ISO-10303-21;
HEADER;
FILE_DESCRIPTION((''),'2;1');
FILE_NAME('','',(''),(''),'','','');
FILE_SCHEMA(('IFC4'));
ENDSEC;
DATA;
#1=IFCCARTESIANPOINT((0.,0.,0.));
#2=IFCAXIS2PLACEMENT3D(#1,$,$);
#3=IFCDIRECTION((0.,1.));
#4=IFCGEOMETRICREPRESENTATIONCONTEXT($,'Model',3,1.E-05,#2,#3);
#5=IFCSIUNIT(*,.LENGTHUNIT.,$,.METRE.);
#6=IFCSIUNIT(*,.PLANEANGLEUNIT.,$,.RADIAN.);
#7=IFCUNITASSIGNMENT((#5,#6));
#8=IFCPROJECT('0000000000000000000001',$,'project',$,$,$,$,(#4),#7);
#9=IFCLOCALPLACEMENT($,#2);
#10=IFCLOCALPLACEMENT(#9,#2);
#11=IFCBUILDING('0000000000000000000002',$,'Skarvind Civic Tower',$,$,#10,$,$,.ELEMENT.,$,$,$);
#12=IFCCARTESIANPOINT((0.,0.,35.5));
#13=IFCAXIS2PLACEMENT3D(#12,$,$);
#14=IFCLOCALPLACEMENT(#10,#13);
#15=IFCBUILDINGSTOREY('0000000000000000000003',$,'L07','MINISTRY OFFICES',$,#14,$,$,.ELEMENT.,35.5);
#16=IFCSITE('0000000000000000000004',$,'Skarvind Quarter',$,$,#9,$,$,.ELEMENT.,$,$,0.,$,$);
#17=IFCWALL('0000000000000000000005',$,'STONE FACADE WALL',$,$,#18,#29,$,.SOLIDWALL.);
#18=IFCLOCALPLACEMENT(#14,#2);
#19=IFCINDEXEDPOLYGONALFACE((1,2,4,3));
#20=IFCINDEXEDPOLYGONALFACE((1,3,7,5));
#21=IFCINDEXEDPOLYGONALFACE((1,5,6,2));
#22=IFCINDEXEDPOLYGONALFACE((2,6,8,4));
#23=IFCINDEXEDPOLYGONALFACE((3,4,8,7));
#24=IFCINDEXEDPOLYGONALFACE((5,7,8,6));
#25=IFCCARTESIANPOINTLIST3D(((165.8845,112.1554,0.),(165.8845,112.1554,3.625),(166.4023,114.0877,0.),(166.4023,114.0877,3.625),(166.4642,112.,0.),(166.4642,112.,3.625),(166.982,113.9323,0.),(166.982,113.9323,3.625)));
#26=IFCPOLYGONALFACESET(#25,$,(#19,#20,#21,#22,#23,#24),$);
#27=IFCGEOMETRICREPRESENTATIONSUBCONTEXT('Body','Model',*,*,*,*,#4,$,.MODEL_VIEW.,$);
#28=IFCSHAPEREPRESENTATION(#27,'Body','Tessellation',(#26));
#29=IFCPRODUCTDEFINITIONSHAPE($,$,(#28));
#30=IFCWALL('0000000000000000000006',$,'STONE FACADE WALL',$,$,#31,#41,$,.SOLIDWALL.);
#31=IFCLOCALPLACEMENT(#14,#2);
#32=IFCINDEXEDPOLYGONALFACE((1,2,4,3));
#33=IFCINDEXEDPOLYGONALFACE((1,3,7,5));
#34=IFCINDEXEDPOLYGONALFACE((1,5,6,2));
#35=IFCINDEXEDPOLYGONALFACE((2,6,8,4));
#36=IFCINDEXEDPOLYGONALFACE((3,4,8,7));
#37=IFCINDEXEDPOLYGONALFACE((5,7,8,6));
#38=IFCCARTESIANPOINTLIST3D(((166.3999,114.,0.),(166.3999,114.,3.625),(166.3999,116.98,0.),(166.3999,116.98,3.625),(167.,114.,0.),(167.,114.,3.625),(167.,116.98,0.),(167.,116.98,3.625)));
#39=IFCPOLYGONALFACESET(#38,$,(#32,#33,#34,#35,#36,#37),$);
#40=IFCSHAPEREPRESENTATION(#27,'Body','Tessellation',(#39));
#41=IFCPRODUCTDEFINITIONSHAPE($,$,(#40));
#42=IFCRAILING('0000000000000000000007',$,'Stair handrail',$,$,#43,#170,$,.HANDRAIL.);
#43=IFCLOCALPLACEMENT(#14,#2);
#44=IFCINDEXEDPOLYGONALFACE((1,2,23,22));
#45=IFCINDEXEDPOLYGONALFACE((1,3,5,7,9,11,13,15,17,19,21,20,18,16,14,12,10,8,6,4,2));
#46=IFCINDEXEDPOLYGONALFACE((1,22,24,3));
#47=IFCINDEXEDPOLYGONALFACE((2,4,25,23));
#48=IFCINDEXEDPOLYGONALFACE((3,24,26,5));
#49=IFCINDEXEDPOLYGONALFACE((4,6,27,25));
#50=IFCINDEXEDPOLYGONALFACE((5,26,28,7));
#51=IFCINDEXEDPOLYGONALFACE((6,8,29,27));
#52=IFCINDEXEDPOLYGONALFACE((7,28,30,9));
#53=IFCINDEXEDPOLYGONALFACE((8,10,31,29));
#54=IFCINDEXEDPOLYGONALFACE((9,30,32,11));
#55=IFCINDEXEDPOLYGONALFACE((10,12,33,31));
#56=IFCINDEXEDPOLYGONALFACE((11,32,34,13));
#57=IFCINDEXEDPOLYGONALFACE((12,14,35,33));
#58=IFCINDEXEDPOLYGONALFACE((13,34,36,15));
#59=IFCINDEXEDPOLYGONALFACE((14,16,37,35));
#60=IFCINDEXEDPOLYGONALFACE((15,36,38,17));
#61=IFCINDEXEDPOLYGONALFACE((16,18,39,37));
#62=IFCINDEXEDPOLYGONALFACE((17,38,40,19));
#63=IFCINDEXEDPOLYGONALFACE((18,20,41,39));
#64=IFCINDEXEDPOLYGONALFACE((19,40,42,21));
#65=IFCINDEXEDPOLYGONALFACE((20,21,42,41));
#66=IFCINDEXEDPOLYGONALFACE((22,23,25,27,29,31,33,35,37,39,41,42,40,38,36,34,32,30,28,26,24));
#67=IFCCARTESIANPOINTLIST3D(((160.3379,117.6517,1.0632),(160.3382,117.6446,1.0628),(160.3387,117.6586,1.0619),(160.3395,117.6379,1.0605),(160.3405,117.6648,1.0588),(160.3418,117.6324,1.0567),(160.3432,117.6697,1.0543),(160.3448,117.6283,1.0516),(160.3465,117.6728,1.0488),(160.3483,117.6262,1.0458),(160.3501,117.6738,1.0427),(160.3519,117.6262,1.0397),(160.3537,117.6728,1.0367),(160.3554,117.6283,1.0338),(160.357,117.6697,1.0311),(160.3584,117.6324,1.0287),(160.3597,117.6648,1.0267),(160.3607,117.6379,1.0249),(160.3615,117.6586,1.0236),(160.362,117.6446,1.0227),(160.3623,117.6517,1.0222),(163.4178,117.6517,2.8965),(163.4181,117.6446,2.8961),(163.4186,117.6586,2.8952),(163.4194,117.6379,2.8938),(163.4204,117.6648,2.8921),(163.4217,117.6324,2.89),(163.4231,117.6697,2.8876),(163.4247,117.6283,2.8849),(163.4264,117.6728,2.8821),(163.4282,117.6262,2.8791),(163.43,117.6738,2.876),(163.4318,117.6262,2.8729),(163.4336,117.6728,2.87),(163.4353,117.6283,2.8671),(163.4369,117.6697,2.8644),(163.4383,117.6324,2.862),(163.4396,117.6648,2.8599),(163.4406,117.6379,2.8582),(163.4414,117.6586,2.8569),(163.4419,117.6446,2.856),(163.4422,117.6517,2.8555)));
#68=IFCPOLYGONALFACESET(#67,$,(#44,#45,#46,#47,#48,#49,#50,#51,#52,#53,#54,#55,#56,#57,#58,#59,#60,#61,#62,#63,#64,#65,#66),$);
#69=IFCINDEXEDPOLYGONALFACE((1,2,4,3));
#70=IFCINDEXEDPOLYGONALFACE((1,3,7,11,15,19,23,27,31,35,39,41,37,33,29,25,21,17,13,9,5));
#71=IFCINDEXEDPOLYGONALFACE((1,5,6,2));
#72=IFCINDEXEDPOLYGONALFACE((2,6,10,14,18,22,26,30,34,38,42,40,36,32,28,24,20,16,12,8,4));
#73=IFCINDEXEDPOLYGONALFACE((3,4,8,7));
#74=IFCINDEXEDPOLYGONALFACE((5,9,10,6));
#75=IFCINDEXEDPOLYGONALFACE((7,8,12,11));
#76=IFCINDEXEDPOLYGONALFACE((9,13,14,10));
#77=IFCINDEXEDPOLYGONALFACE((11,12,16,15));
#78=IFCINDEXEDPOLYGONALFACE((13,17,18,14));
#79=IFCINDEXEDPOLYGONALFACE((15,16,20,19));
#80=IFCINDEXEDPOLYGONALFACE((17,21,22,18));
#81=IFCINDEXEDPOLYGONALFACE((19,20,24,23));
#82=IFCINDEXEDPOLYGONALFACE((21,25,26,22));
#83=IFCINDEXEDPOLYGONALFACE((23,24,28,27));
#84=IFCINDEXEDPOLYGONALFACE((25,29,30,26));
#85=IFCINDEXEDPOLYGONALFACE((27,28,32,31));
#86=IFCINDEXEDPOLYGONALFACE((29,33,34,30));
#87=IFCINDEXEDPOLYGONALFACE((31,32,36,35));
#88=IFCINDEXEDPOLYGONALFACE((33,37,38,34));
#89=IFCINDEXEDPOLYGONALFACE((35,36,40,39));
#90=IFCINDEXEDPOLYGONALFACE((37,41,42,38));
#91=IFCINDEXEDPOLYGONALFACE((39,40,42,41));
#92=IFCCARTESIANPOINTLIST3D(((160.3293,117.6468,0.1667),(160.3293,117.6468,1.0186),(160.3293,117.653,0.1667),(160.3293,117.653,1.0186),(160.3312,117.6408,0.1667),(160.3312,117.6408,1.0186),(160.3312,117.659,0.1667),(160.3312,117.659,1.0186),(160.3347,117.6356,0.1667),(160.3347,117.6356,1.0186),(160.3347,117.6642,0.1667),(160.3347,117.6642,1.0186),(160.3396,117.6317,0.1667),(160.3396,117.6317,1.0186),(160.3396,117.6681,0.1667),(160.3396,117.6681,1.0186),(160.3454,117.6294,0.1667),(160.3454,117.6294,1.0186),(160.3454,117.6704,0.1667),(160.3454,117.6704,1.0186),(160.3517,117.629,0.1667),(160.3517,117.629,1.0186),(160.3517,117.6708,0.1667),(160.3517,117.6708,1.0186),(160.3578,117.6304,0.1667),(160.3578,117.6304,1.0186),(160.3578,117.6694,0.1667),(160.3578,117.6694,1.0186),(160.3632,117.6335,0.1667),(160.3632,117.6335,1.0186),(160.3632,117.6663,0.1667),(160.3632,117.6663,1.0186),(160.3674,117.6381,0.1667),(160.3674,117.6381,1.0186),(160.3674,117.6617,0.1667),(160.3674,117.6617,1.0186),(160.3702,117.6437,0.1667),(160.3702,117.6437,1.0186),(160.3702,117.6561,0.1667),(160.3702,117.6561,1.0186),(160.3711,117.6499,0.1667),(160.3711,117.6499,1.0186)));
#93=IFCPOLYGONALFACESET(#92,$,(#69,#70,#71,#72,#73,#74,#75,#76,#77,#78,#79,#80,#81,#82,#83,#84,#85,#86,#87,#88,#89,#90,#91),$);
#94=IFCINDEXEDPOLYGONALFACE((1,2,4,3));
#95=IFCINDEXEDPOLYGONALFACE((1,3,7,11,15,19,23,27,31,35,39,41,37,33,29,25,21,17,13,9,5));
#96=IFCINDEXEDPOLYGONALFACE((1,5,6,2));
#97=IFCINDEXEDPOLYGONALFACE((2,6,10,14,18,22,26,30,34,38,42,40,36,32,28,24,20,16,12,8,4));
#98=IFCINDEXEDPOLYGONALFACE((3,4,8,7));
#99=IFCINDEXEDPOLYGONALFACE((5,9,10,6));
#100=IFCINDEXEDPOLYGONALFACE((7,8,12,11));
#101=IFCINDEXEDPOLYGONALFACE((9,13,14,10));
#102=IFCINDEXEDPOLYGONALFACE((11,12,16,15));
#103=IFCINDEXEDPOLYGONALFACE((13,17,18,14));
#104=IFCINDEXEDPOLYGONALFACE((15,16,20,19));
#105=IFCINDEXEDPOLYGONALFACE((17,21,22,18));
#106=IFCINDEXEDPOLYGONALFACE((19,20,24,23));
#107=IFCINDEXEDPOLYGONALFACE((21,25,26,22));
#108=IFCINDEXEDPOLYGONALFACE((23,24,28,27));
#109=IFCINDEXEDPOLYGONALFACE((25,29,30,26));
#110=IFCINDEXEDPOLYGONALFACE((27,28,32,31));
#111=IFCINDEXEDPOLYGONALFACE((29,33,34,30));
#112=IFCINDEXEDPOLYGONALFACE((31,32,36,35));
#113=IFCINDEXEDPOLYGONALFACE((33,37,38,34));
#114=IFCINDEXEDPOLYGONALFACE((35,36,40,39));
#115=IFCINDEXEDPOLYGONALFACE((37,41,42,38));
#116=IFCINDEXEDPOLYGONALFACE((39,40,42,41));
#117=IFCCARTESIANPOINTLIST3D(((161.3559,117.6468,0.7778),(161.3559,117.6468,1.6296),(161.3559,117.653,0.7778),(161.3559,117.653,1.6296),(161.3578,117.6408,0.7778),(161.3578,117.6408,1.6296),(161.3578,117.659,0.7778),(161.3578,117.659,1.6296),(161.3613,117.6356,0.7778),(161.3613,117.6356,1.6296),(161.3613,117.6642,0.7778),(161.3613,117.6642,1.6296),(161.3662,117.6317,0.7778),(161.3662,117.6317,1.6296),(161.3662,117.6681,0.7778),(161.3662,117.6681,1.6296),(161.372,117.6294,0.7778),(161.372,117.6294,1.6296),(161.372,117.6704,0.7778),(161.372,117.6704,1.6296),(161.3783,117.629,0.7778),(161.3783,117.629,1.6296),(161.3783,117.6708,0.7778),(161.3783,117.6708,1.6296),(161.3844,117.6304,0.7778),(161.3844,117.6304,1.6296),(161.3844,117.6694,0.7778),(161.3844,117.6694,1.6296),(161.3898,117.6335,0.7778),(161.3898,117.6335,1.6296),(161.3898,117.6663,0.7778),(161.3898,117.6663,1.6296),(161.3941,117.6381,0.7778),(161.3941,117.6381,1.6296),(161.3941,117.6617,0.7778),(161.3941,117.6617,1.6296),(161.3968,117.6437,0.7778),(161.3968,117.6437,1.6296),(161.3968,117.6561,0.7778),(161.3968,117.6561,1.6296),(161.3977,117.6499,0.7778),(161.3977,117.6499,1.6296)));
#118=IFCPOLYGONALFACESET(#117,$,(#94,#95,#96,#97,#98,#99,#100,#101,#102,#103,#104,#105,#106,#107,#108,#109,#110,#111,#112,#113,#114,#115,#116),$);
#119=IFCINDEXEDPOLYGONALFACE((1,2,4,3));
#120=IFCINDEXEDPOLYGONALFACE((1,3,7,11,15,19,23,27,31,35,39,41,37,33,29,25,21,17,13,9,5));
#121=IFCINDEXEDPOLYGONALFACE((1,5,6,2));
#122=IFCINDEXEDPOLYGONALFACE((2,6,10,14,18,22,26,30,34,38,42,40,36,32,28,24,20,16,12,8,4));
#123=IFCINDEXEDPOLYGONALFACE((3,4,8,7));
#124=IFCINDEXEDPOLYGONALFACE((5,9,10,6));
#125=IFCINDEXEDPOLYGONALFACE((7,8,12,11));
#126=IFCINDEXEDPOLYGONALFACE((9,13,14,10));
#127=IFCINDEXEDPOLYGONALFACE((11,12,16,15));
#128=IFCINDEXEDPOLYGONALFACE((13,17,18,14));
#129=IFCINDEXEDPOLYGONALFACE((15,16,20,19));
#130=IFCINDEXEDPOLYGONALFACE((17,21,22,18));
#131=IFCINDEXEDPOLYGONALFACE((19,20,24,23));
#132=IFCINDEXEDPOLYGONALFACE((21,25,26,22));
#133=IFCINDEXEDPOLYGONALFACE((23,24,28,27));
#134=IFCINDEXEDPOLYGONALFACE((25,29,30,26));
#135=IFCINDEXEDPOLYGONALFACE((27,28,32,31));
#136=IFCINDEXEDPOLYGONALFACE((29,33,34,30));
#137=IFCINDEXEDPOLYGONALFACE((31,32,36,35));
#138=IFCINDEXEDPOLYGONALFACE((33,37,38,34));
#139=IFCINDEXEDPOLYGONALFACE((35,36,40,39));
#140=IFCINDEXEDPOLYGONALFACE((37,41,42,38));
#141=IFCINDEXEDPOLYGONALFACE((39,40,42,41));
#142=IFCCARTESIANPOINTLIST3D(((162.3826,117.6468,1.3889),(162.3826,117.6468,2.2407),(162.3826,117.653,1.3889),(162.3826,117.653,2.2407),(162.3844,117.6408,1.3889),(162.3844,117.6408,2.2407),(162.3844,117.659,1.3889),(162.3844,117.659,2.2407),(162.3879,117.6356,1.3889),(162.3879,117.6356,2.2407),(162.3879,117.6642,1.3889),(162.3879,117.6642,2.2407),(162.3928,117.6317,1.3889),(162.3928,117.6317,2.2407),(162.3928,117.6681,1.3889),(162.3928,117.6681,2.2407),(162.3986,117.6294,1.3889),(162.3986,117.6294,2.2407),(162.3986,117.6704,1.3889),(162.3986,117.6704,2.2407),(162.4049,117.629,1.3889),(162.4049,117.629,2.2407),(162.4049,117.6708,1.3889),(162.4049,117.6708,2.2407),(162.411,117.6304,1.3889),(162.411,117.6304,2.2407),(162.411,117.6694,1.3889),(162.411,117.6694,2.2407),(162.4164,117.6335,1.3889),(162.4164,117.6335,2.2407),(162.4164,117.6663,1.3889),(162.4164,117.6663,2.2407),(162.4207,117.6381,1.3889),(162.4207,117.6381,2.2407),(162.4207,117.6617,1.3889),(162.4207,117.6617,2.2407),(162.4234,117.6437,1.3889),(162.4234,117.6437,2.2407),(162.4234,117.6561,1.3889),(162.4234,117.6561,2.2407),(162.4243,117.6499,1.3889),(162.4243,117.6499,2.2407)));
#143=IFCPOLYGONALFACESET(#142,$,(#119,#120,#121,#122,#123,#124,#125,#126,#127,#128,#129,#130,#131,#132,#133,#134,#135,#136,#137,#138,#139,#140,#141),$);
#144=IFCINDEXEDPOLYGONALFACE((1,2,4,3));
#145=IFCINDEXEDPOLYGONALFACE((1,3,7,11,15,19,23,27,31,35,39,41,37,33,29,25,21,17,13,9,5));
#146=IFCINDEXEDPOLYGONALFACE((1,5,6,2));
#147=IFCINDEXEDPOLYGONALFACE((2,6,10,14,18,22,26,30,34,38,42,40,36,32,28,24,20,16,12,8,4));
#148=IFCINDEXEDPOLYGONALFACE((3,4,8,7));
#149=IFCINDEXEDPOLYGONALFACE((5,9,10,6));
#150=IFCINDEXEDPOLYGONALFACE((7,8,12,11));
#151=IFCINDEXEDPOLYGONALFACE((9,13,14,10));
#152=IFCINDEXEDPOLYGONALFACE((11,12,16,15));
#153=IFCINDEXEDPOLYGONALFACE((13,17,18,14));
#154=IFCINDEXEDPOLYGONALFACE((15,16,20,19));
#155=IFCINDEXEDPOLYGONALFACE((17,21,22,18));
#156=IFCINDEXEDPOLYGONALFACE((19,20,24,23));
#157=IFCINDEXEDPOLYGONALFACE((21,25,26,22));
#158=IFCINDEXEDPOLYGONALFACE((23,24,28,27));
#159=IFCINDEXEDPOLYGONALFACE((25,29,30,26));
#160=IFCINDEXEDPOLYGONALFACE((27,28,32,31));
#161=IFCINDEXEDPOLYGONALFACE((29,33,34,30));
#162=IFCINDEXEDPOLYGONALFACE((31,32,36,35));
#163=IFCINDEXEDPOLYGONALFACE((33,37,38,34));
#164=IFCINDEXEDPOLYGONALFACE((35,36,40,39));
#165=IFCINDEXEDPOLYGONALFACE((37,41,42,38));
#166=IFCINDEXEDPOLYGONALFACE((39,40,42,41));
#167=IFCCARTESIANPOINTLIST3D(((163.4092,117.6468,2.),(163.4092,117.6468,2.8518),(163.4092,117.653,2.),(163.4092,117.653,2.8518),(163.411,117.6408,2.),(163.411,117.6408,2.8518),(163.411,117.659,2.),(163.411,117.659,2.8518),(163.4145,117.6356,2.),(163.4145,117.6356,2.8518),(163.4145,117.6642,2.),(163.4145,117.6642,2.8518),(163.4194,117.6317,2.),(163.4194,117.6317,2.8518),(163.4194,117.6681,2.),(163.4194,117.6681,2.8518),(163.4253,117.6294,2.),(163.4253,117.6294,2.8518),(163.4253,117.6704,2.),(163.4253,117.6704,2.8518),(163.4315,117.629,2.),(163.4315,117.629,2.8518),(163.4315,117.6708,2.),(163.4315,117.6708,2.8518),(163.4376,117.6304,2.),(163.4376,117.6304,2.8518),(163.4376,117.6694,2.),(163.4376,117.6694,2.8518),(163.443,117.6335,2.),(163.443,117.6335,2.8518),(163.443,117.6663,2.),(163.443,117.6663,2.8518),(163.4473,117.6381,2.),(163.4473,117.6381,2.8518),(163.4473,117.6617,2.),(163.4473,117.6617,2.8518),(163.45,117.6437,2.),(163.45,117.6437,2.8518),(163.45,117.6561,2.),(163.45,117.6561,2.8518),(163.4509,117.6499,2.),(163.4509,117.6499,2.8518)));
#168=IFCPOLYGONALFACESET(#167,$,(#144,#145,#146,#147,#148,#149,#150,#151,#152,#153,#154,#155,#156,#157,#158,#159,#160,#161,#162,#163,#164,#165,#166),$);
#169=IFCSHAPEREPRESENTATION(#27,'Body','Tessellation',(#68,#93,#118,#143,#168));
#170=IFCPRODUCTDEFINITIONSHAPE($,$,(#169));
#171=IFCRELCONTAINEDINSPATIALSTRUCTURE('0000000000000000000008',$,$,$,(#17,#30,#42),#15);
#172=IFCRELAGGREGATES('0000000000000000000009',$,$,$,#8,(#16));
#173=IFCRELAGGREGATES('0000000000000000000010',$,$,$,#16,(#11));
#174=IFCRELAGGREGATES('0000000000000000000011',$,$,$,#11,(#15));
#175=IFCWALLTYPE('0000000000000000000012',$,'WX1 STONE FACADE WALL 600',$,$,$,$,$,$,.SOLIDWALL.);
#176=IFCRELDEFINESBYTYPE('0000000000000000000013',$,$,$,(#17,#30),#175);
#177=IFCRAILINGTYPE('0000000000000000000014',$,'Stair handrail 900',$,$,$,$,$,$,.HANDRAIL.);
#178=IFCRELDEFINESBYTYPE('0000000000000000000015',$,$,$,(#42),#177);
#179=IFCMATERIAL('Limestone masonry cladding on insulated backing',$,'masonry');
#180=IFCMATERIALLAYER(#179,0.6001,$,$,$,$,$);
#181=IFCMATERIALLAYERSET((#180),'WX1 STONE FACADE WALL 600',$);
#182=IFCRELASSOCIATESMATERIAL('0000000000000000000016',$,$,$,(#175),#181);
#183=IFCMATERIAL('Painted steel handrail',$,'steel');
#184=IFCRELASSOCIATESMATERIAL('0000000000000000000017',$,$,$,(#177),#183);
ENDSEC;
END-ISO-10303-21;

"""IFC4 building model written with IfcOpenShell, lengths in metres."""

from ifc_helpers import new_model, si_unit, direction, frame, frame_2d, origin, origin_2d, place, context, subcontext, project, spatial, rectangle, circle, extrude, material, layer, layer_set, type_object, element, save


model = new_model("IFC4")

# Units and contexts
model_context = context("Model", 3, precision=1e-05, world=origin(), true_north=direction((0.0, 1.0)))
body_context = subcontext(model_context, "Body", "Model", "MODEL_VIEW")
ifc_project = project(units=[si_unit("LENGTHUNIT", "METRE"), si_unit("PLANEANGLEUNIT", "RADIAN")], contexts=[model_context])

# Site, building, storey
site_placement = place(None, origin())
site = spatial("IfcSite", under=ifc_project, at=site_placement, Name="Skarvind Quarter", CompositionType="ELEMENT", RefElevation=0.0)
building_placement = place(site_placement, origin())
building = spatial("IfcBuilding", under=site, at=building_placement, Name="Skarvind Civic Tower", CompositionType="ELEMENT")
storey_placement = place(building_placement, frame((0.0, 0.0, 35.5)))
storey = spatial("IfcBuildingStorey", under=building, at=storey_placement, Name="L07", Description="MINISTRY OFFICES", CompositionType="ELEMENT", Elevation=35.5)

# Shared definitions
ifc_material_1 = material(Name="Limestone masonry cladding on insulated backing", Category="masonry")
ifc_layer_1 = layer(ifc_material_1, 0.6001)
ifc_layer_set_1 = layer_set([ifc_layer_1], Name="WX1 STONE FACADE WALL 600")
wall_type_1 = type_object("IfcWallType", Name="WX1 STONE FACADE WALL 600", PredefinedType="SOLIDWALL", material=ifc_layer_set_1)

# Walls
wall_1_placement = place(storey_placement, frame((166.6921, 114.01, 0.0), z_axis=(0.0, 0.0, 1.0), x_axis=(-0.25884, -0.96592, 0.0)))
element("IfcWall", 1, at=wall_1_placement, inside=storey, type_object=wall_type_1, Name="STONE FACADE WALL", PredefinedType="SOLIDWALL", context=body_context, shape_type="SweptSolid", body=[
    extrude(rectangle(XDim=2.0005, YDim=0.6001, at=frame_2d((1.0002, 0.0))), origin(), (0.0, 0.0, 1.0), 3.625),
])
wall_2_placement = place(storey_placement, frame((166.7, 116.98, 0.0), z_axis=(0.0, 0.0, 1.0), x_axis=(0.0, -1.0, 0.0)))
element("IfcWall", 2, at=wall_2_placement, inside=storey, type_object=wall_type_1, Name="STONE FACADE WALL", PredefinedType="SOLIDWALL", context=body_context, shape_type="SweptSolid", body=[
    extrude(rectangle(XDim=2.98, YDim=0.6001, at=frame_2d((1.49, 0.0))), origin(), (0.0, 0.0, 1.0), 3.625),
])

# Railing
ifc_material_2 = material(Name="Painted steel handrail", Category="steel")
railing_type = type_object("IfcRailingType", Name="Stair handrail 900", PredefinedType="HANDRAIL", material=ifc_material_2)
railing_placement = place(storey_placement, frame((160.3501, 117.6499, 0.1667)))
element("IfcRailing", 3, at=railing_placement, inside=storey, type_object=railing_type, Name="Stair handrail", PredefinedType="HANDRAIL", context=body_context, shape_type="SweptSolid", body=[
    extrude(circle(Radius=0.0239, at=origin_2d()), frame((0.0, 0.0, 0.876), z_axis=(0.859291, 0.0, 0.511487), x_axis=(0.0, 1.0, 0.0)), (0.0, 0.0, 1.0), 3.5842),
    extrude(circle(Radius=0.021, at=origin_2d()), origin(), (0.0, 0.0, 1.0), 0.8518),
    extrude(circle(Radius=0.021, at=origin_2d()), frame((1.0266, 0.0, 0.6111)), (0.0, 0.0, 1.0), 0.8518),
    extrude(circle(Radius=0.021, at=origin_2d()), frame((2.0532, 0.0, 1.2222)), (0.0, 0.0, 1.0), 0.8518),
    extrude(circle(Radius=0.021, at=origin_2d()), frame((3.0798, 0.0, 1.8333)), (0.0, 0.0, 1.0), 0.8518),
])

save(model, "model.ifc")
